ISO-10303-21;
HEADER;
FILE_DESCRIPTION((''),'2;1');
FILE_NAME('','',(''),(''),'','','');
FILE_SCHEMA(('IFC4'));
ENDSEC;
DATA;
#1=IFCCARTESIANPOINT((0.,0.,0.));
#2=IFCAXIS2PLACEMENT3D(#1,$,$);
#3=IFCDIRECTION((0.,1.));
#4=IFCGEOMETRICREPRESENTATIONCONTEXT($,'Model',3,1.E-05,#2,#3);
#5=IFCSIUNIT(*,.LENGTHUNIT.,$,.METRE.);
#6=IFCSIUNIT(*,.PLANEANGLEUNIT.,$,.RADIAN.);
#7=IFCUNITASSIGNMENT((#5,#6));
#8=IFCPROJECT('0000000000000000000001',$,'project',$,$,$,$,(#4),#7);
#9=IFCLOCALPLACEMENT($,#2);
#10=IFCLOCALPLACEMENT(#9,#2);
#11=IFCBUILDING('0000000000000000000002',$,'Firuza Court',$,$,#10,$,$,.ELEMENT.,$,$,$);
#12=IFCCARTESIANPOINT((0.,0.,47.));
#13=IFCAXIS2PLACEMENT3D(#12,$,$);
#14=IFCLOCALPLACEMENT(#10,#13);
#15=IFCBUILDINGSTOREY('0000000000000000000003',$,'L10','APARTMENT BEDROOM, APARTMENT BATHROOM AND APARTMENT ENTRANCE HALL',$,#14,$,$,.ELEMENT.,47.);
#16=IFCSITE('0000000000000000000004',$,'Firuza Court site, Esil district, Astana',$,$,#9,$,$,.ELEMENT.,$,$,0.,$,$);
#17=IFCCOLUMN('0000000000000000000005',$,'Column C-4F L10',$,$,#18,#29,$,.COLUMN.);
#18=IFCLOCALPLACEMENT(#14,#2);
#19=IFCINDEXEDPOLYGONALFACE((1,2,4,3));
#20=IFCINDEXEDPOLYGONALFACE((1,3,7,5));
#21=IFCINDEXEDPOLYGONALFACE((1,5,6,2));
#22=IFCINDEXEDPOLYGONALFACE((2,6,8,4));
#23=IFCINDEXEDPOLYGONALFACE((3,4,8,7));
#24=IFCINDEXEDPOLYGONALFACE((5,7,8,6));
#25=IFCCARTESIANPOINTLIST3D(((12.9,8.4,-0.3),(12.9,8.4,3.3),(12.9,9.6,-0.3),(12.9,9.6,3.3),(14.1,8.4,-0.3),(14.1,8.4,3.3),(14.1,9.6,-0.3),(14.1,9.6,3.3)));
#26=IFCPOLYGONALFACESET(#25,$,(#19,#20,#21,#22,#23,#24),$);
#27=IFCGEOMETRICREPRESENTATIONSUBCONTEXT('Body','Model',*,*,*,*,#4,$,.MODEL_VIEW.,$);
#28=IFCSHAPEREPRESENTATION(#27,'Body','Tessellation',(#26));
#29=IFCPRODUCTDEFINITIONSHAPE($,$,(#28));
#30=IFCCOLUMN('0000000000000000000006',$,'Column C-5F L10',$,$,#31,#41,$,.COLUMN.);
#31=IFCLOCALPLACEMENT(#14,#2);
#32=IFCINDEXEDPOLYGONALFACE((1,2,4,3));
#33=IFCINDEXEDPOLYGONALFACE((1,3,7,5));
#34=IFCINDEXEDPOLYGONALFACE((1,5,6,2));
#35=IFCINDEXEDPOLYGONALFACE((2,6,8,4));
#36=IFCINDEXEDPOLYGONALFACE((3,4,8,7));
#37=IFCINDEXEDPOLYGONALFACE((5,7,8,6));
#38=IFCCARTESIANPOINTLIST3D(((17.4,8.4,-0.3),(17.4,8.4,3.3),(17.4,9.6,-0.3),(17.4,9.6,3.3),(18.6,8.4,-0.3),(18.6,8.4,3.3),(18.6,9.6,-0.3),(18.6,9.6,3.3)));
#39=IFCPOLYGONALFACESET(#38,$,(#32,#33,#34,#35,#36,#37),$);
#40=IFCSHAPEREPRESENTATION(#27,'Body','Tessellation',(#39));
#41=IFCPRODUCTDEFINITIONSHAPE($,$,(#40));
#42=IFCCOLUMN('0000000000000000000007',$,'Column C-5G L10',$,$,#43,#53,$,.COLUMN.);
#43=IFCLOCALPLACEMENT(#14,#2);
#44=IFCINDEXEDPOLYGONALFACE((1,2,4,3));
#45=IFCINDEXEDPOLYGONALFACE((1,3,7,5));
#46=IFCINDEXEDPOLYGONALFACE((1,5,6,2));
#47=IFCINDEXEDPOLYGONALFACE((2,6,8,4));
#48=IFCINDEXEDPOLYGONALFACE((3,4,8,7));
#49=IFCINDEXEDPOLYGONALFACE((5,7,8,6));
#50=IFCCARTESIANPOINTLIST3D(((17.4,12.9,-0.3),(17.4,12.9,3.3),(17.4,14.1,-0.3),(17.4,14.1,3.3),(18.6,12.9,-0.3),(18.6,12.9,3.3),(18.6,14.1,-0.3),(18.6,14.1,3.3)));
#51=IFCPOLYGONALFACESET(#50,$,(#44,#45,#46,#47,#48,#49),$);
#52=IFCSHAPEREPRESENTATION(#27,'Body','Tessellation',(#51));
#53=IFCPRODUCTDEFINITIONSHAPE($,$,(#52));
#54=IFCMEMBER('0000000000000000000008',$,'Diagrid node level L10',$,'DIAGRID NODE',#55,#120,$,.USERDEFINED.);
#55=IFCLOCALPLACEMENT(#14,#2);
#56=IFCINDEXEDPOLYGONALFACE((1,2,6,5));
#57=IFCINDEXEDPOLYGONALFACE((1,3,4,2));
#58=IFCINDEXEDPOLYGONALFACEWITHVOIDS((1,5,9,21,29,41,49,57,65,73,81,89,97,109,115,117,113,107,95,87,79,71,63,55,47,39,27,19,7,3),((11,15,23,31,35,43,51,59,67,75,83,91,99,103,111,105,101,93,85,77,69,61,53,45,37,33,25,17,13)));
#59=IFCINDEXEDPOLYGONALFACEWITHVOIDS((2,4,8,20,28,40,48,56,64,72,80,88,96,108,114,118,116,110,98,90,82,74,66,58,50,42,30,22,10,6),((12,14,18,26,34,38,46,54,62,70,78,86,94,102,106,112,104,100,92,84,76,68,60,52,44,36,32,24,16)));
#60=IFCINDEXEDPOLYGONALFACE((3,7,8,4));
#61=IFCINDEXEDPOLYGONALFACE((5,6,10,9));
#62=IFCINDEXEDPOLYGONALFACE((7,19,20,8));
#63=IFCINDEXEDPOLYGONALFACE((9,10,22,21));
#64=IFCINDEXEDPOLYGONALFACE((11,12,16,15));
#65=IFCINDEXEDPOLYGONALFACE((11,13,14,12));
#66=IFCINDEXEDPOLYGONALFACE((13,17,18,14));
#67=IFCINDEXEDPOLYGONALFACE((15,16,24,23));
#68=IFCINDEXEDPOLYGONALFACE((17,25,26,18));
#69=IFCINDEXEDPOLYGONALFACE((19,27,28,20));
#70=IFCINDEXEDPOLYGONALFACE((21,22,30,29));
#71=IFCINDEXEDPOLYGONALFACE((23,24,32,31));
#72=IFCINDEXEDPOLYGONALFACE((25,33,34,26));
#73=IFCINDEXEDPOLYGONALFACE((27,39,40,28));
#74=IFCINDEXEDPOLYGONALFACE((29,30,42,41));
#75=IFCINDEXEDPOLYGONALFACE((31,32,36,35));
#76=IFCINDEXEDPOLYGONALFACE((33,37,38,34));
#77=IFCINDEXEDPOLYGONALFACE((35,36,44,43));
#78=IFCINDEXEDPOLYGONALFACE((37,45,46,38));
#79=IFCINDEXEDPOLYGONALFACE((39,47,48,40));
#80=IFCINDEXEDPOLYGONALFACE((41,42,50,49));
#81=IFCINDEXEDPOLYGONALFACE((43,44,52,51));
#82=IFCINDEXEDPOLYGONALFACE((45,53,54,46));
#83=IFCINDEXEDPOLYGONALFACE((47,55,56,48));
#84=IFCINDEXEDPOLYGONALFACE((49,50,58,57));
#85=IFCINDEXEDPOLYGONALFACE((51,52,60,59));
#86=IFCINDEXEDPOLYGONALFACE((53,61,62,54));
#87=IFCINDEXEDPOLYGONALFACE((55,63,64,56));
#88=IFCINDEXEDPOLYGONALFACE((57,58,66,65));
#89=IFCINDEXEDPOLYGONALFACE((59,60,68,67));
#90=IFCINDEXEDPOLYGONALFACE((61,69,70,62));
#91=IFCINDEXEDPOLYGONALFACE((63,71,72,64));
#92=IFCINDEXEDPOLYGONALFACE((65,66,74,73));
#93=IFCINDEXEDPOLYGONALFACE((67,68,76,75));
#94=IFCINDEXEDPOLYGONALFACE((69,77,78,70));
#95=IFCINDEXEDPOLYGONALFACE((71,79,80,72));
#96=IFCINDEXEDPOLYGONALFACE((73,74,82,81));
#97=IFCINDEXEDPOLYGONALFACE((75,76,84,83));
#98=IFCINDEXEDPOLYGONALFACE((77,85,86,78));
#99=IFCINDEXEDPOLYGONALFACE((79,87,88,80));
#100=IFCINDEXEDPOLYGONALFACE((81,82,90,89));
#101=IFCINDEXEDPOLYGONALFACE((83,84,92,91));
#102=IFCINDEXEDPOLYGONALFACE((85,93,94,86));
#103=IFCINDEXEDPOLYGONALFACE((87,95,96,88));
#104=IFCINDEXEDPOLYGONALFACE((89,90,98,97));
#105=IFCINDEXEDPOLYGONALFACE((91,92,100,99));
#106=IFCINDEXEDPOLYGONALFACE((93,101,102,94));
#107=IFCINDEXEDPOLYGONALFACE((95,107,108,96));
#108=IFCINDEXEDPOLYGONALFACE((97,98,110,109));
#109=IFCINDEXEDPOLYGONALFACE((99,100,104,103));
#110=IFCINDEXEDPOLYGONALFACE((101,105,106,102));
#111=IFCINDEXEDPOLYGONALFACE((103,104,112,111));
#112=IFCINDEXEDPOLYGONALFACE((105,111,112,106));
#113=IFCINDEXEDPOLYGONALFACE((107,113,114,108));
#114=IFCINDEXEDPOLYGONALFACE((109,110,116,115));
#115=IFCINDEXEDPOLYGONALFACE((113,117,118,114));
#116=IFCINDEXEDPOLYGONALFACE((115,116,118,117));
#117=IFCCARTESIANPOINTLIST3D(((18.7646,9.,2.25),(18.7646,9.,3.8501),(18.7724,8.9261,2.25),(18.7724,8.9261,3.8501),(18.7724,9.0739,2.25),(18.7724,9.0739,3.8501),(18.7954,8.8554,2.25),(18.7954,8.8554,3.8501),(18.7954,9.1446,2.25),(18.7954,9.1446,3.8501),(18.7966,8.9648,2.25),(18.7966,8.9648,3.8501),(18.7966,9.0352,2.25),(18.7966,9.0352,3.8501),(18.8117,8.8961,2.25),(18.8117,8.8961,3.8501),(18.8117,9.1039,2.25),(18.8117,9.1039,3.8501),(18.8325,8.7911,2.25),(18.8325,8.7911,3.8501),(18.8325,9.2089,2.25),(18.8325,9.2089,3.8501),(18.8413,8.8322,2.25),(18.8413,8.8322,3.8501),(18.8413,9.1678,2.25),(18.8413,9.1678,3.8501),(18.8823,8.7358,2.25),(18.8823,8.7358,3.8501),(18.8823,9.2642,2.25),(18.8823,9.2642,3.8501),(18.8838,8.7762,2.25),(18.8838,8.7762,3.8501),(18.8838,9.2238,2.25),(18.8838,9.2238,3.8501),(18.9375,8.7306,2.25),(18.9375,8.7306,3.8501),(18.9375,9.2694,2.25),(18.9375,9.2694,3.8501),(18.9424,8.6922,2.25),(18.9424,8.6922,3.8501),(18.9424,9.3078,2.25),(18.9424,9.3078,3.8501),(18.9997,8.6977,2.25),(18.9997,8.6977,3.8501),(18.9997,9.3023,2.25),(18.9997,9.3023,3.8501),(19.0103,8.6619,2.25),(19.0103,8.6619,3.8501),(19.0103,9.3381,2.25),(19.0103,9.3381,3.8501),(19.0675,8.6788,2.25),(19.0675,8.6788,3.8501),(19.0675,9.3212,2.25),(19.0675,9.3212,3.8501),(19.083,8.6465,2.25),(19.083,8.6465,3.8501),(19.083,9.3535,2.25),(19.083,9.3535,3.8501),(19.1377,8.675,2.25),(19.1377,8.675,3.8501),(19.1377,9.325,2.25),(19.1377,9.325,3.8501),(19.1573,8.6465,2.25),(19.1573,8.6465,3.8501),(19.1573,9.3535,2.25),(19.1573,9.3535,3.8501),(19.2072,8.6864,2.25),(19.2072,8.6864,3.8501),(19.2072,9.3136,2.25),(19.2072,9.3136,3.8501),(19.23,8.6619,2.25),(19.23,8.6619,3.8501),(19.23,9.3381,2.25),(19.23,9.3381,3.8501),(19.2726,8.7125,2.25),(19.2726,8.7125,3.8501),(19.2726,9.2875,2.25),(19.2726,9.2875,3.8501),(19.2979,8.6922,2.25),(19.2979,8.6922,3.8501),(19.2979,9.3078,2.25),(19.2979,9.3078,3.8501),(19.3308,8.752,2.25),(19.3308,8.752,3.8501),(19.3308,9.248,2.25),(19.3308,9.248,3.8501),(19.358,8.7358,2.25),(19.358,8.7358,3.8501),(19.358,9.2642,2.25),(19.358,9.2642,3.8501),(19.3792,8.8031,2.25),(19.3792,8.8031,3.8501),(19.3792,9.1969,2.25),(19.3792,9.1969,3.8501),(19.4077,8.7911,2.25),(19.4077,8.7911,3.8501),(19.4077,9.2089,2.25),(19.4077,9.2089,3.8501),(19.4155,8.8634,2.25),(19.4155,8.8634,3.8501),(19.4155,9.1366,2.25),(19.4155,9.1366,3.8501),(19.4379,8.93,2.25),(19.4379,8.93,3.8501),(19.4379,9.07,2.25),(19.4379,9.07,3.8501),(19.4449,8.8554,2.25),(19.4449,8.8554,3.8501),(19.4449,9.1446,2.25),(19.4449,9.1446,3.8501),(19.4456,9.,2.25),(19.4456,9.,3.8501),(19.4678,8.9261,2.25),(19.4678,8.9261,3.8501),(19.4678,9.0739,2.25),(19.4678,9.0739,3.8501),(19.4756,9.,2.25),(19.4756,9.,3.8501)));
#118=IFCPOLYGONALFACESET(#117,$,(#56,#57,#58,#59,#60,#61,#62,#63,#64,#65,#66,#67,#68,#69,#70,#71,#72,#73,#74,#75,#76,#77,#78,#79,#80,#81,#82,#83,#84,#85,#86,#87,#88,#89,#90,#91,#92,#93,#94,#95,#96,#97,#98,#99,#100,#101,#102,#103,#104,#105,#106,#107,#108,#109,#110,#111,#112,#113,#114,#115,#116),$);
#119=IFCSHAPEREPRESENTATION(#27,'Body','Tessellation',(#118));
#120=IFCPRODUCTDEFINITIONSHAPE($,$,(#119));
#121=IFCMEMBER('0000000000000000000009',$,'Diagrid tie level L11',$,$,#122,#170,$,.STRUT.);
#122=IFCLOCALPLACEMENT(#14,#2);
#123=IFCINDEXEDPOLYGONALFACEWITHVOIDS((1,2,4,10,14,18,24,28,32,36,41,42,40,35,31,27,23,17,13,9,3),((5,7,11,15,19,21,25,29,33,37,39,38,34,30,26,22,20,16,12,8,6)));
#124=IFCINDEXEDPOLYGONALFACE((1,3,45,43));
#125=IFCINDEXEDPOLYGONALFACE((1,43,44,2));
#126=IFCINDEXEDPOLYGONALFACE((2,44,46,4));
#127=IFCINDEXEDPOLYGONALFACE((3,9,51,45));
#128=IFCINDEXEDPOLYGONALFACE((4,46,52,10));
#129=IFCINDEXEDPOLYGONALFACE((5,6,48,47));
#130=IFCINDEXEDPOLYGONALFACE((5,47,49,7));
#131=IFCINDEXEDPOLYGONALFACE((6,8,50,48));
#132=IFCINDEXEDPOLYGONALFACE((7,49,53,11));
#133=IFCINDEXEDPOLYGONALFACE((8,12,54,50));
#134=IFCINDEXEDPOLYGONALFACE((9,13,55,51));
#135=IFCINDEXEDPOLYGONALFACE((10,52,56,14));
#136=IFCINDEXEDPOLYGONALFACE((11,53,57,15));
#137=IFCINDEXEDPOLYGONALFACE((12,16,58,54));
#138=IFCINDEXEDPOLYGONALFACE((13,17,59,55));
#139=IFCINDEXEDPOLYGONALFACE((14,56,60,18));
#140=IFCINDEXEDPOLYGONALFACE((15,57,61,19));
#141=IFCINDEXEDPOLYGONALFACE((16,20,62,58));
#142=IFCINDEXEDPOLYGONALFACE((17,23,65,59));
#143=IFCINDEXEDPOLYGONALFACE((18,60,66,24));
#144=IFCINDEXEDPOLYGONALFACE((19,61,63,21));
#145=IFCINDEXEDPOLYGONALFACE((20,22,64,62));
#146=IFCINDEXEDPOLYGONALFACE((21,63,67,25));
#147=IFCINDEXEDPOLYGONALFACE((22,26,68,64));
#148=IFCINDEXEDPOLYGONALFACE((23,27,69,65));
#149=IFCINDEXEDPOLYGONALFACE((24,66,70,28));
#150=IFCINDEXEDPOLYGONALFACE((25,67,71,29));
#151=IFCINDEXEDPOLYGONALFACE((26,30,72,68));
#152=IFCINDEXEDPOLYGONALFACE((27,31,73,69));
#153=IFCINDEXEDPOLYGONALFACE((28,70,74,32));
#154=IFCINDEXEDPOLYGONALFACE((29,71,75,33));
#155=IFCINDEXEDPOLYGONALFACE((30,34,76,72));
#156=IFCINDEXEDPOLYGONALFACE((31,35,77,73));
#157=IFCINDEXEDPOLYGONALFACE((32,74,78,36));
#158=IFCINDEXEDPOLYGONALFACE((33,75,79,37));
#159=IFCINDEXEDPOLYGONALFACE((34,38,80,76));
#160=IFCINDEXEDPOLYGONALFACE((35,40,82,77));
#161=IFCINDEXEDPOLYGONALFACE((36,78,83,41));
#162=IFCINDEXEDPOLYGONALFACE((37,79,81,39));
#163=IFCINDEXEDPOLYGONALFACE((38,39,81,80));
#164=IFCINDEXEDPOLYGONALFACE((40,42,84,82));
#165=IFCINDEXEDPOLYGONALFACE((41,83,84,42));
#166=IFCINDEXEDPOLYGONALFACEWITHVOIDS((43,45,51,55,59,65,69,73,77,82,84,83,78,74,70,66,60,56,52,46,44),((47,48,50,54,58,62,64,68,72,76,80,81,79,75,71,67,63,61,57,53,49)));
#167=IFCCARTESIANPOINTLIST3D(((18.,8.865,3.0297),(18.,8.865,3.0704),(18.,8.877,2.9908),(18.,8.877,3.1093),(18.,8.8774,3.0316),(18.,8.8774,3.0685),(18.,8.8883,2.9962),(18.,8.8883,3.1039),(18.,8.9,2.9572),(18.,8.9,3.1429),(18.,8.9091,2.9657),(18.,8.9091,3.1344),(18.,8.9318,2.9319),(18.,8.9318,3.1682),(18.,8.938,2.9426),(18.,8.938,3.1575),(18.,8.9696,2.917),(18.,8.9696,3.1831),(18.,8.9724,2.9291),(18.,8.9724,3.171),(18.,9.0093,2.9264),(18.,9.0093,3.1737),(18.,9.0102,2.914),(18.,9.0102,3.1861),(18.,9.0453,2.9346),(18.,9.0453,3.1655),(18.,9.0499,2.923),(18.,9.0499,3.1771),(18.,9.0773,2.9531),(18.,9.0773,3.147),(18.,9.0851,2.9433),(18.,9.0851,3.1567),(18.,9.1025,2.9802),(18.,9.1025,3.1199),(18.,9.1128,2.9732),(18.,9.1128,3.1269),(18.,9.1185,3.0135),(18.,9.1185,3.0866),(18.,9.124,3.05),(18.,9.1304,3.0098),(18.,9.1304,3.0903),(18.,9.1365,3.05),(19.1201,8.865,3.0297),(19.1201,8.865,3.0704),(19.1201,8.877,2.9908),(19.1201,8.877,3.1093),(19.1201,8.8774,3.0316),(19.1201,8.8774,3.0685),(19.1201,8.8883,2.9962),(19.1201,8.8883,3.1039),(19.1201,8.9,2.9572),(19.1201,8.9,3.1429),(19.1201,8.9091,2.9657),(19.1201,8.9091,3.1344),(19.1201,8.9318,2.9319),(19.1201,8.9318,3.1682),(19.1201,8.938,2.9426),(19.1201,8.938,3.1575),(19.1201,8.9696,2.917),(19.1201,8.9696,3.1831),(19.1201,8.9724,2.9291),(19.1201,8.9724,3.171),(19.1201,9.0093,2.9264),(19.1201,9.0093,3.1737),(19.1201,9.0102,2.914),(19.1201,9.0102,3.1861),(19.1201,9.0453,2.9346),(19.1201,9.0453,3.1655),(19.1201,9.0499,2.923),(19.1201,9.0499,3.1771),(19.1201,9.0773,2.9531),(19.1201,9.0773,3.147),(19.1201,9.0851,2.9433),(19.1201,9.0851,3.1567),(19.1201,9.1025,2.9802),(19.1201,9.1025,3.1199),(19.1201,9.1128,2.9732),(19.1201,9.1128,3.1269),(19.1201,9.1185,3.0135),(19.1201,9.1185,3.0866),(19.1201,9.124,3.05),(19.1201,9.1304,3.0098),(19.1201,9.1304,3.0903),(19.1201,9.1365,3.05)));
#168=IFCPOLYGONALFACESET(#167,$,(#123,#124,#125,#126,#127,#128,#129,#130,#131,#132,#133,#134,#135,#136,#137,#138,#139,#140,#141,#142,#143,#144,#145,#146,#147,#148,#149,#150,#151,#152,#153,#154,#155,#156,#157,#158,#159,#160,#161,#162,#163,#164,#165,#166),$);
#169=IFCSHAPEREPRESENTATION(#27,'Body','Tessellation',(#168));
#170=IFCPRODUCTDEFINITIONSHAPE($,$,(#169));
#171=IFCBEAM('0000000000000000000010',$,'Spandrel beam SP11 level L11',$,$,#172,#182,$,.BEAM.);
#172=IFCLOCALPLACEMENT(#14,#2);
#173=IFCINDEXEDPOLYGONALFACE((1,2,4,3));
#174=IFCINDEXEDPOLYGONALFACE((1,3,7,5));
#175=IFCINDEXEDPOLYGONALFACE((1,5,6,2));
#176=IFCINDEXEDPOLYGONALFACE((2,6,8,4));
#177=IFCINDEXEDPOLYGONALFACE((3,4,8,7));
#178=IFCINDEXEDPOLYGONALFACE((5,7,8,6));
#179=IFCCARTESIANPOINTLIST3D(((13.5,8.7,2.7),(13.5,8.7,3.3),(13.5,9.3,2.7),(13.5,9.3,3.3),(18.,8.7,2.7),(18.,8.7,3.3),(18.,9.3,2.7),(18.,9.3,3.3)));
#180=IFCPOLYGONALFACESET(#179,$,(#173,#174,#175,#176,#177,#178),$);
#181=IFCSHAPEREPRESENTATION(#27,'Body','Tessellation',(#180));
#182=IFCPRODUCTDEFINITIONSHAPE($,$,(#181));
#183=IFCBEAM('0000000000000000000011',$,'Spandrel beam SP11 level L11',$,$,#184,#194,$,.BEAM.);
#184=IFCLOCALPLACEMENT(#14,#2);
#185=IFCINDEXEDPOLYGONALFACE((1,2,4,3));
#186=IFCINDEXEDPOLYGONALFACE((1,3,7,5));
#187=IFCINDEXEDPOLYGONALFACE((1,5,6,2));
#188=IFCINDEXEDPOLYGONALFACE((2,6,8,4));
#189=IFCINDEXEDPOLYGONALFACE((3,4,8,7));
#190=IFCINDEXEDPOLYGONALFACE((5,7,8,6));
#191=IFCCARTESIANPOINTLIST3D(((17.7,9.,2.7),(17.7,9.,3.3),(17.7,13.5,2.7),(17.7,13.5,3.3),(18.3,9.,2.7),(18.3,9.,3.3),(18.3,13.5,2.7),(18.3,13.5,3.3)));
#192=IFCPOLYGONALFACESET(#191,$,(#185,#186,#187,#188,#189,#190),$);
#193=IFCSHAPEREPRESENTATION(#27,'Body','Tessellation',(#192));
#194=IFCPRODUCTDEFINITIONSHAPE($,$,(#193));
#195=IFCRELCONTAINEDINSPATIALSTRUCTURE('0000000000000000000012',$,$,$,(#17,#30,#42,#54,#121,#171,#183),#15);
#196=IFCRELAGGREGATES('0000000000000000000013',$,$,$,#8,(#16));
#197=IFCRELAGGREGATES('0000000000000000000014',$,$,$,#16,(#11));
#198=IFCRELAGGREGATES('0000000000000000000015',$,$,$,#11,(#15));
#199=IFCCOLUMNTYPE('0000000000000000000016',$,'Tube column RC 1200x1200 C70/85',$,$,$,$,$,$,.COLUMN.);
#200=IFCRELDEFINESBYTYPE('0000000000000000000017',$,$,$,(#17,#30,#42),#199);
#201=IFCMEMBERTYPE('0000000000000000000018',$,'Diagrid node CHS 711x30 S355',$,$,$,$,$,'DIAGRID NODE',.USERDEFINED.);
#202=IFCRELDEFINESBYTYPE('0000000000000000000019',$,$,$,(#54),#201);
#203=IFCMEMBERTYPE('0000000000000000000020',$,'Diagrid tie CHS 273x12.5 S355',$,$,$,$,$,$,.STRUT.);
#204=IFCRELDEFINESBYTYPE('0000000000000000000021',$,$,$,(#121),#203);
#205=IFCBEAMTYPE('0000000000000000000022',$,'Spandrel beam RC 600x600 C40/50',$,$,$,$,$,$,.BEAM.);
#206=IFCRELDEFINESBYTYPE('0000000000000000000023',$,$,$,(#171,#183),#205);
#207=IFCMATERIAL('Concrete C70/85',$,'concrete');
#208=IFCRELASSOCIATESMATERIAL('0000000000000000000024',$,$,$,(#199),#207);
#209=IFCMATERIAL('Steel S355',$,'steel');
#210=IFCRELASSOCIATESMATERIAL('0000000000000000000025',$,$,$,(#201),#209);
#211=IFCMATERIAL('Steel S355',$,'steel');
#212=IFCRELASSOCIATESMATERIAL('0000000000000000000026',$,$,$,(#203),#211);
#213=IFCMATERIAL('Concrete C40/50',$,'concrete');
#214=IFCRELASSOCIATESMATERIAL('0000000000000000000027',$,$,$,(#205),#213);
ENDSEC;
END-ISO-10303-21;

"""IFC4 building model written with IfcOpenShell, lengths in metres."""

from ifc_helpers import new_model, si_unit, direction, frame, origin, origin_2d, place, context, subcontext, project, spatial, rectangle, hollow_circle, extrude, material, material_profile, profile_set, type_object, element, save


model = new_model("IFC4")

# Units and contexts
model_context = context("Model", 3, precision=1e-05, world=origin(), true_north=direction((0.0, 1.0)))
body_context = subcontext(model_context, "Body", "Model", "MODEL_VIEW")
ifc_project = project(units=[si_unit("LENGTHUNIT", "METRE"), si_unit("PLANEANGLEUNIT", "RADIAN")], contexts=[model_context])

# Site, building, storey
site_placement = place(None, origin())
site = spatial("IfcSite", under=ifc_project, at=site_placement, Name="Firuza Court site, Esil district, Astana", CompositionType="ELEMENT", RefElevation=0.0)
building_placement = place(site_placement, origin())
building = spatial("IfcBuilding", under=site, at=building_placement, Name="Firuza Court", CompositionType="ELEMENT")
storey_placement = place(building_placement, frame((0.0, 0.0, 47.0)))
storey = spatial("IfcBuildingStorey", under=building, at=storey_placement, Name="L10", Description="APARTMENT BEDROOM, APARTMENT BATHROOM AND APARTMENT ENTRANCE HALL", CompositionType="ELEMENT", Elevation=47.0)

# Columns
ifc_material_1 = material(Name="Concrete C70/85", Category="concrete")
ifc_material_profile_1 = material_profile(ifc_material_1, rectangle(XDim=1.2, YDim=1.2, at=origin_2d()), Name="RC 1200x1200")
ifc_profile_set_1 = profile_set([ifc_material_profile_1], Name="Concrete C70/85")
column_type = type_object("IfcColumnType", Name="Tube column RC 1200x1200 C70/85", PredefinedType="COLUMN", material=ifc_profile_set_1)
for number, where, z_axis, x_axis, name in (
    (1, (13.5, 9.0, -0.3), (0.0, 0.0, 1.0), (1.0, 0.0, 0.0), "Column C-4F L10"),
    (2, (18.0, 9.0, -0.3), (0.0, 0.0, 1.0), (1.0, 0.0, 0.0), "Column C-5F L10"),
    (3, (18.0, 13.5, -0.3), (0.0, 0.0, 1.0), (1.0, 0.0, 0.0), "Column C-5G L10"),
):
    element("IfcColumn", number, at=place(storey_placement, frame(where, z_axis=z_axis, x_axis=x_axis)), inside=storey, type_object=column_type, Name=name, PredefinedType="COLUMN", context=body_context, shape_type="SweptSolid", body=[
        extrude(rectangle(XDim=1.2, YDim=1.2, at=origin_2d()), origin(), (0.0, 0.0, 1.0), 3.6001),
    ])

# Members
ifc_material_2 = material(Name="Steel S355", Category="steel")
ifc_material_profile_2 = material_profile(ifc_material_2, hollow_circle(Radius=0.3555, WallThickness=0.03, at=origin_2d()), Name="CHS 711x30")
ifc_profile_set_2 = profile_set([ifc_material_profile_2], Name="Steel S355")
member_type_1 = type_object("IfcMemberType", Name="Diagrid node CHS 711x30 S355", ElementType="DIAGRID NODE", PredefinedType="USERDEFINED", material=ifc_profile_set_2)
member_1_placement = place(storey_placement, frame((19.1201, 9.0, 2.25), z_axis=(0.0, 0.0, 1.0), x_axis=(1.0, 0.0, 0.0)))
element("IfcMember", 4, at=member_1_placement, inside=storey, type_object=member_type_1, Name="Diagrid node level L10", ObjectType="DIAGRID NODE", PredefinedType="USERDEFINED", context=body_context, shape_type="SweptSolid", body=[
    extrude(hollow_circle(Radius=0.3555, WallThickness=0.03, at=origin_2d()), origin(), (0.0, 0.0, 1.0), 1.6001),
])
ifc_material_3 = material(Name="Steel S355", Category="steel")
ifc_material_profile_3 = material_profile(ifc_material_3, hollow_circle(Radius=0.1365, WallThickness=0.0125, at=origin_2d()), Name="CHS 273x12.5")
ifc_profile_set_3 = profile_set([ifc_material_profile_3], Name="Steel S355")
member_type_2 = type_object("IfcMemberType", Name="Diagrid tie CHS 273x12.5 S355", PredefinedType="STRUT", material=ifc_profile_set_3)
member_2_placement = place(storey_placement, frame((18.0, 9.0, 3.05), z_axis=(1.0, 0.0, 0.0), x_axis=(0.0, 1.0, 0.0)))
element("IfcMember", 5, at=member_2_placement, inside=storey, type_object=member_type_2, Name="Diagrid tie level L11", PredefinedType="STRUT", context=body_context, shape_type="SweptSolid", body=[
    extrude(hollow_circle(Radius=0.1365, WallThickness=0.0125, at=origin_2d()), origin(), (0.0, 0.0, 1.0), 1.1201),
])

# Beams
ifc_material_4 = material(Name="Concrete C40/50", Category="concrete")
ifc_material_profile_4 = material_profile(ifc_material_4, rectangle(XDim=0.6001, YDim=0.6001, at=origin_2d()), Name="RC 600x600")
ifc_profile_set_4 = profile_set([ifc_material_profile_4], Name="Concrete C40/50")
beam_type = type_object("IfcBeamType", Name="Spandrel beam RC 600x600 C40/50", PredefinedType="BEAM", material=ifc_profile_set_4)
for number, where, z_axis, x_axis, name in (
    (6, (13.5, 9.0, 3.0), (1.0, 0.0, 0.0), (0.0, 1.0, 0.0), "Spandrel beam SP11 level L11"),
    (7, (18.0, 9.0, 3.0), (0.0, 1.0, 0.0), (-1.0, 0.0, 0.0), "Spandrel beam SP11 level L11"),
):
    element("IfcBeam", number, at=place(storey_placement, frame(where, z_axis=z_axis, x_axis=x_axis)), inside=storey, type_object=beam_type, Name=name, PredefinedType="BEAM", context=body_context, shape_type="SweptSolid", body=[
        extrude(rectangle(XDim=0.6001, YDim=0.6001, at=origin_2d()), origin(), (0.0, 0.0, 1.0), 4.5),
    ])

save(model, "model.ifc")
